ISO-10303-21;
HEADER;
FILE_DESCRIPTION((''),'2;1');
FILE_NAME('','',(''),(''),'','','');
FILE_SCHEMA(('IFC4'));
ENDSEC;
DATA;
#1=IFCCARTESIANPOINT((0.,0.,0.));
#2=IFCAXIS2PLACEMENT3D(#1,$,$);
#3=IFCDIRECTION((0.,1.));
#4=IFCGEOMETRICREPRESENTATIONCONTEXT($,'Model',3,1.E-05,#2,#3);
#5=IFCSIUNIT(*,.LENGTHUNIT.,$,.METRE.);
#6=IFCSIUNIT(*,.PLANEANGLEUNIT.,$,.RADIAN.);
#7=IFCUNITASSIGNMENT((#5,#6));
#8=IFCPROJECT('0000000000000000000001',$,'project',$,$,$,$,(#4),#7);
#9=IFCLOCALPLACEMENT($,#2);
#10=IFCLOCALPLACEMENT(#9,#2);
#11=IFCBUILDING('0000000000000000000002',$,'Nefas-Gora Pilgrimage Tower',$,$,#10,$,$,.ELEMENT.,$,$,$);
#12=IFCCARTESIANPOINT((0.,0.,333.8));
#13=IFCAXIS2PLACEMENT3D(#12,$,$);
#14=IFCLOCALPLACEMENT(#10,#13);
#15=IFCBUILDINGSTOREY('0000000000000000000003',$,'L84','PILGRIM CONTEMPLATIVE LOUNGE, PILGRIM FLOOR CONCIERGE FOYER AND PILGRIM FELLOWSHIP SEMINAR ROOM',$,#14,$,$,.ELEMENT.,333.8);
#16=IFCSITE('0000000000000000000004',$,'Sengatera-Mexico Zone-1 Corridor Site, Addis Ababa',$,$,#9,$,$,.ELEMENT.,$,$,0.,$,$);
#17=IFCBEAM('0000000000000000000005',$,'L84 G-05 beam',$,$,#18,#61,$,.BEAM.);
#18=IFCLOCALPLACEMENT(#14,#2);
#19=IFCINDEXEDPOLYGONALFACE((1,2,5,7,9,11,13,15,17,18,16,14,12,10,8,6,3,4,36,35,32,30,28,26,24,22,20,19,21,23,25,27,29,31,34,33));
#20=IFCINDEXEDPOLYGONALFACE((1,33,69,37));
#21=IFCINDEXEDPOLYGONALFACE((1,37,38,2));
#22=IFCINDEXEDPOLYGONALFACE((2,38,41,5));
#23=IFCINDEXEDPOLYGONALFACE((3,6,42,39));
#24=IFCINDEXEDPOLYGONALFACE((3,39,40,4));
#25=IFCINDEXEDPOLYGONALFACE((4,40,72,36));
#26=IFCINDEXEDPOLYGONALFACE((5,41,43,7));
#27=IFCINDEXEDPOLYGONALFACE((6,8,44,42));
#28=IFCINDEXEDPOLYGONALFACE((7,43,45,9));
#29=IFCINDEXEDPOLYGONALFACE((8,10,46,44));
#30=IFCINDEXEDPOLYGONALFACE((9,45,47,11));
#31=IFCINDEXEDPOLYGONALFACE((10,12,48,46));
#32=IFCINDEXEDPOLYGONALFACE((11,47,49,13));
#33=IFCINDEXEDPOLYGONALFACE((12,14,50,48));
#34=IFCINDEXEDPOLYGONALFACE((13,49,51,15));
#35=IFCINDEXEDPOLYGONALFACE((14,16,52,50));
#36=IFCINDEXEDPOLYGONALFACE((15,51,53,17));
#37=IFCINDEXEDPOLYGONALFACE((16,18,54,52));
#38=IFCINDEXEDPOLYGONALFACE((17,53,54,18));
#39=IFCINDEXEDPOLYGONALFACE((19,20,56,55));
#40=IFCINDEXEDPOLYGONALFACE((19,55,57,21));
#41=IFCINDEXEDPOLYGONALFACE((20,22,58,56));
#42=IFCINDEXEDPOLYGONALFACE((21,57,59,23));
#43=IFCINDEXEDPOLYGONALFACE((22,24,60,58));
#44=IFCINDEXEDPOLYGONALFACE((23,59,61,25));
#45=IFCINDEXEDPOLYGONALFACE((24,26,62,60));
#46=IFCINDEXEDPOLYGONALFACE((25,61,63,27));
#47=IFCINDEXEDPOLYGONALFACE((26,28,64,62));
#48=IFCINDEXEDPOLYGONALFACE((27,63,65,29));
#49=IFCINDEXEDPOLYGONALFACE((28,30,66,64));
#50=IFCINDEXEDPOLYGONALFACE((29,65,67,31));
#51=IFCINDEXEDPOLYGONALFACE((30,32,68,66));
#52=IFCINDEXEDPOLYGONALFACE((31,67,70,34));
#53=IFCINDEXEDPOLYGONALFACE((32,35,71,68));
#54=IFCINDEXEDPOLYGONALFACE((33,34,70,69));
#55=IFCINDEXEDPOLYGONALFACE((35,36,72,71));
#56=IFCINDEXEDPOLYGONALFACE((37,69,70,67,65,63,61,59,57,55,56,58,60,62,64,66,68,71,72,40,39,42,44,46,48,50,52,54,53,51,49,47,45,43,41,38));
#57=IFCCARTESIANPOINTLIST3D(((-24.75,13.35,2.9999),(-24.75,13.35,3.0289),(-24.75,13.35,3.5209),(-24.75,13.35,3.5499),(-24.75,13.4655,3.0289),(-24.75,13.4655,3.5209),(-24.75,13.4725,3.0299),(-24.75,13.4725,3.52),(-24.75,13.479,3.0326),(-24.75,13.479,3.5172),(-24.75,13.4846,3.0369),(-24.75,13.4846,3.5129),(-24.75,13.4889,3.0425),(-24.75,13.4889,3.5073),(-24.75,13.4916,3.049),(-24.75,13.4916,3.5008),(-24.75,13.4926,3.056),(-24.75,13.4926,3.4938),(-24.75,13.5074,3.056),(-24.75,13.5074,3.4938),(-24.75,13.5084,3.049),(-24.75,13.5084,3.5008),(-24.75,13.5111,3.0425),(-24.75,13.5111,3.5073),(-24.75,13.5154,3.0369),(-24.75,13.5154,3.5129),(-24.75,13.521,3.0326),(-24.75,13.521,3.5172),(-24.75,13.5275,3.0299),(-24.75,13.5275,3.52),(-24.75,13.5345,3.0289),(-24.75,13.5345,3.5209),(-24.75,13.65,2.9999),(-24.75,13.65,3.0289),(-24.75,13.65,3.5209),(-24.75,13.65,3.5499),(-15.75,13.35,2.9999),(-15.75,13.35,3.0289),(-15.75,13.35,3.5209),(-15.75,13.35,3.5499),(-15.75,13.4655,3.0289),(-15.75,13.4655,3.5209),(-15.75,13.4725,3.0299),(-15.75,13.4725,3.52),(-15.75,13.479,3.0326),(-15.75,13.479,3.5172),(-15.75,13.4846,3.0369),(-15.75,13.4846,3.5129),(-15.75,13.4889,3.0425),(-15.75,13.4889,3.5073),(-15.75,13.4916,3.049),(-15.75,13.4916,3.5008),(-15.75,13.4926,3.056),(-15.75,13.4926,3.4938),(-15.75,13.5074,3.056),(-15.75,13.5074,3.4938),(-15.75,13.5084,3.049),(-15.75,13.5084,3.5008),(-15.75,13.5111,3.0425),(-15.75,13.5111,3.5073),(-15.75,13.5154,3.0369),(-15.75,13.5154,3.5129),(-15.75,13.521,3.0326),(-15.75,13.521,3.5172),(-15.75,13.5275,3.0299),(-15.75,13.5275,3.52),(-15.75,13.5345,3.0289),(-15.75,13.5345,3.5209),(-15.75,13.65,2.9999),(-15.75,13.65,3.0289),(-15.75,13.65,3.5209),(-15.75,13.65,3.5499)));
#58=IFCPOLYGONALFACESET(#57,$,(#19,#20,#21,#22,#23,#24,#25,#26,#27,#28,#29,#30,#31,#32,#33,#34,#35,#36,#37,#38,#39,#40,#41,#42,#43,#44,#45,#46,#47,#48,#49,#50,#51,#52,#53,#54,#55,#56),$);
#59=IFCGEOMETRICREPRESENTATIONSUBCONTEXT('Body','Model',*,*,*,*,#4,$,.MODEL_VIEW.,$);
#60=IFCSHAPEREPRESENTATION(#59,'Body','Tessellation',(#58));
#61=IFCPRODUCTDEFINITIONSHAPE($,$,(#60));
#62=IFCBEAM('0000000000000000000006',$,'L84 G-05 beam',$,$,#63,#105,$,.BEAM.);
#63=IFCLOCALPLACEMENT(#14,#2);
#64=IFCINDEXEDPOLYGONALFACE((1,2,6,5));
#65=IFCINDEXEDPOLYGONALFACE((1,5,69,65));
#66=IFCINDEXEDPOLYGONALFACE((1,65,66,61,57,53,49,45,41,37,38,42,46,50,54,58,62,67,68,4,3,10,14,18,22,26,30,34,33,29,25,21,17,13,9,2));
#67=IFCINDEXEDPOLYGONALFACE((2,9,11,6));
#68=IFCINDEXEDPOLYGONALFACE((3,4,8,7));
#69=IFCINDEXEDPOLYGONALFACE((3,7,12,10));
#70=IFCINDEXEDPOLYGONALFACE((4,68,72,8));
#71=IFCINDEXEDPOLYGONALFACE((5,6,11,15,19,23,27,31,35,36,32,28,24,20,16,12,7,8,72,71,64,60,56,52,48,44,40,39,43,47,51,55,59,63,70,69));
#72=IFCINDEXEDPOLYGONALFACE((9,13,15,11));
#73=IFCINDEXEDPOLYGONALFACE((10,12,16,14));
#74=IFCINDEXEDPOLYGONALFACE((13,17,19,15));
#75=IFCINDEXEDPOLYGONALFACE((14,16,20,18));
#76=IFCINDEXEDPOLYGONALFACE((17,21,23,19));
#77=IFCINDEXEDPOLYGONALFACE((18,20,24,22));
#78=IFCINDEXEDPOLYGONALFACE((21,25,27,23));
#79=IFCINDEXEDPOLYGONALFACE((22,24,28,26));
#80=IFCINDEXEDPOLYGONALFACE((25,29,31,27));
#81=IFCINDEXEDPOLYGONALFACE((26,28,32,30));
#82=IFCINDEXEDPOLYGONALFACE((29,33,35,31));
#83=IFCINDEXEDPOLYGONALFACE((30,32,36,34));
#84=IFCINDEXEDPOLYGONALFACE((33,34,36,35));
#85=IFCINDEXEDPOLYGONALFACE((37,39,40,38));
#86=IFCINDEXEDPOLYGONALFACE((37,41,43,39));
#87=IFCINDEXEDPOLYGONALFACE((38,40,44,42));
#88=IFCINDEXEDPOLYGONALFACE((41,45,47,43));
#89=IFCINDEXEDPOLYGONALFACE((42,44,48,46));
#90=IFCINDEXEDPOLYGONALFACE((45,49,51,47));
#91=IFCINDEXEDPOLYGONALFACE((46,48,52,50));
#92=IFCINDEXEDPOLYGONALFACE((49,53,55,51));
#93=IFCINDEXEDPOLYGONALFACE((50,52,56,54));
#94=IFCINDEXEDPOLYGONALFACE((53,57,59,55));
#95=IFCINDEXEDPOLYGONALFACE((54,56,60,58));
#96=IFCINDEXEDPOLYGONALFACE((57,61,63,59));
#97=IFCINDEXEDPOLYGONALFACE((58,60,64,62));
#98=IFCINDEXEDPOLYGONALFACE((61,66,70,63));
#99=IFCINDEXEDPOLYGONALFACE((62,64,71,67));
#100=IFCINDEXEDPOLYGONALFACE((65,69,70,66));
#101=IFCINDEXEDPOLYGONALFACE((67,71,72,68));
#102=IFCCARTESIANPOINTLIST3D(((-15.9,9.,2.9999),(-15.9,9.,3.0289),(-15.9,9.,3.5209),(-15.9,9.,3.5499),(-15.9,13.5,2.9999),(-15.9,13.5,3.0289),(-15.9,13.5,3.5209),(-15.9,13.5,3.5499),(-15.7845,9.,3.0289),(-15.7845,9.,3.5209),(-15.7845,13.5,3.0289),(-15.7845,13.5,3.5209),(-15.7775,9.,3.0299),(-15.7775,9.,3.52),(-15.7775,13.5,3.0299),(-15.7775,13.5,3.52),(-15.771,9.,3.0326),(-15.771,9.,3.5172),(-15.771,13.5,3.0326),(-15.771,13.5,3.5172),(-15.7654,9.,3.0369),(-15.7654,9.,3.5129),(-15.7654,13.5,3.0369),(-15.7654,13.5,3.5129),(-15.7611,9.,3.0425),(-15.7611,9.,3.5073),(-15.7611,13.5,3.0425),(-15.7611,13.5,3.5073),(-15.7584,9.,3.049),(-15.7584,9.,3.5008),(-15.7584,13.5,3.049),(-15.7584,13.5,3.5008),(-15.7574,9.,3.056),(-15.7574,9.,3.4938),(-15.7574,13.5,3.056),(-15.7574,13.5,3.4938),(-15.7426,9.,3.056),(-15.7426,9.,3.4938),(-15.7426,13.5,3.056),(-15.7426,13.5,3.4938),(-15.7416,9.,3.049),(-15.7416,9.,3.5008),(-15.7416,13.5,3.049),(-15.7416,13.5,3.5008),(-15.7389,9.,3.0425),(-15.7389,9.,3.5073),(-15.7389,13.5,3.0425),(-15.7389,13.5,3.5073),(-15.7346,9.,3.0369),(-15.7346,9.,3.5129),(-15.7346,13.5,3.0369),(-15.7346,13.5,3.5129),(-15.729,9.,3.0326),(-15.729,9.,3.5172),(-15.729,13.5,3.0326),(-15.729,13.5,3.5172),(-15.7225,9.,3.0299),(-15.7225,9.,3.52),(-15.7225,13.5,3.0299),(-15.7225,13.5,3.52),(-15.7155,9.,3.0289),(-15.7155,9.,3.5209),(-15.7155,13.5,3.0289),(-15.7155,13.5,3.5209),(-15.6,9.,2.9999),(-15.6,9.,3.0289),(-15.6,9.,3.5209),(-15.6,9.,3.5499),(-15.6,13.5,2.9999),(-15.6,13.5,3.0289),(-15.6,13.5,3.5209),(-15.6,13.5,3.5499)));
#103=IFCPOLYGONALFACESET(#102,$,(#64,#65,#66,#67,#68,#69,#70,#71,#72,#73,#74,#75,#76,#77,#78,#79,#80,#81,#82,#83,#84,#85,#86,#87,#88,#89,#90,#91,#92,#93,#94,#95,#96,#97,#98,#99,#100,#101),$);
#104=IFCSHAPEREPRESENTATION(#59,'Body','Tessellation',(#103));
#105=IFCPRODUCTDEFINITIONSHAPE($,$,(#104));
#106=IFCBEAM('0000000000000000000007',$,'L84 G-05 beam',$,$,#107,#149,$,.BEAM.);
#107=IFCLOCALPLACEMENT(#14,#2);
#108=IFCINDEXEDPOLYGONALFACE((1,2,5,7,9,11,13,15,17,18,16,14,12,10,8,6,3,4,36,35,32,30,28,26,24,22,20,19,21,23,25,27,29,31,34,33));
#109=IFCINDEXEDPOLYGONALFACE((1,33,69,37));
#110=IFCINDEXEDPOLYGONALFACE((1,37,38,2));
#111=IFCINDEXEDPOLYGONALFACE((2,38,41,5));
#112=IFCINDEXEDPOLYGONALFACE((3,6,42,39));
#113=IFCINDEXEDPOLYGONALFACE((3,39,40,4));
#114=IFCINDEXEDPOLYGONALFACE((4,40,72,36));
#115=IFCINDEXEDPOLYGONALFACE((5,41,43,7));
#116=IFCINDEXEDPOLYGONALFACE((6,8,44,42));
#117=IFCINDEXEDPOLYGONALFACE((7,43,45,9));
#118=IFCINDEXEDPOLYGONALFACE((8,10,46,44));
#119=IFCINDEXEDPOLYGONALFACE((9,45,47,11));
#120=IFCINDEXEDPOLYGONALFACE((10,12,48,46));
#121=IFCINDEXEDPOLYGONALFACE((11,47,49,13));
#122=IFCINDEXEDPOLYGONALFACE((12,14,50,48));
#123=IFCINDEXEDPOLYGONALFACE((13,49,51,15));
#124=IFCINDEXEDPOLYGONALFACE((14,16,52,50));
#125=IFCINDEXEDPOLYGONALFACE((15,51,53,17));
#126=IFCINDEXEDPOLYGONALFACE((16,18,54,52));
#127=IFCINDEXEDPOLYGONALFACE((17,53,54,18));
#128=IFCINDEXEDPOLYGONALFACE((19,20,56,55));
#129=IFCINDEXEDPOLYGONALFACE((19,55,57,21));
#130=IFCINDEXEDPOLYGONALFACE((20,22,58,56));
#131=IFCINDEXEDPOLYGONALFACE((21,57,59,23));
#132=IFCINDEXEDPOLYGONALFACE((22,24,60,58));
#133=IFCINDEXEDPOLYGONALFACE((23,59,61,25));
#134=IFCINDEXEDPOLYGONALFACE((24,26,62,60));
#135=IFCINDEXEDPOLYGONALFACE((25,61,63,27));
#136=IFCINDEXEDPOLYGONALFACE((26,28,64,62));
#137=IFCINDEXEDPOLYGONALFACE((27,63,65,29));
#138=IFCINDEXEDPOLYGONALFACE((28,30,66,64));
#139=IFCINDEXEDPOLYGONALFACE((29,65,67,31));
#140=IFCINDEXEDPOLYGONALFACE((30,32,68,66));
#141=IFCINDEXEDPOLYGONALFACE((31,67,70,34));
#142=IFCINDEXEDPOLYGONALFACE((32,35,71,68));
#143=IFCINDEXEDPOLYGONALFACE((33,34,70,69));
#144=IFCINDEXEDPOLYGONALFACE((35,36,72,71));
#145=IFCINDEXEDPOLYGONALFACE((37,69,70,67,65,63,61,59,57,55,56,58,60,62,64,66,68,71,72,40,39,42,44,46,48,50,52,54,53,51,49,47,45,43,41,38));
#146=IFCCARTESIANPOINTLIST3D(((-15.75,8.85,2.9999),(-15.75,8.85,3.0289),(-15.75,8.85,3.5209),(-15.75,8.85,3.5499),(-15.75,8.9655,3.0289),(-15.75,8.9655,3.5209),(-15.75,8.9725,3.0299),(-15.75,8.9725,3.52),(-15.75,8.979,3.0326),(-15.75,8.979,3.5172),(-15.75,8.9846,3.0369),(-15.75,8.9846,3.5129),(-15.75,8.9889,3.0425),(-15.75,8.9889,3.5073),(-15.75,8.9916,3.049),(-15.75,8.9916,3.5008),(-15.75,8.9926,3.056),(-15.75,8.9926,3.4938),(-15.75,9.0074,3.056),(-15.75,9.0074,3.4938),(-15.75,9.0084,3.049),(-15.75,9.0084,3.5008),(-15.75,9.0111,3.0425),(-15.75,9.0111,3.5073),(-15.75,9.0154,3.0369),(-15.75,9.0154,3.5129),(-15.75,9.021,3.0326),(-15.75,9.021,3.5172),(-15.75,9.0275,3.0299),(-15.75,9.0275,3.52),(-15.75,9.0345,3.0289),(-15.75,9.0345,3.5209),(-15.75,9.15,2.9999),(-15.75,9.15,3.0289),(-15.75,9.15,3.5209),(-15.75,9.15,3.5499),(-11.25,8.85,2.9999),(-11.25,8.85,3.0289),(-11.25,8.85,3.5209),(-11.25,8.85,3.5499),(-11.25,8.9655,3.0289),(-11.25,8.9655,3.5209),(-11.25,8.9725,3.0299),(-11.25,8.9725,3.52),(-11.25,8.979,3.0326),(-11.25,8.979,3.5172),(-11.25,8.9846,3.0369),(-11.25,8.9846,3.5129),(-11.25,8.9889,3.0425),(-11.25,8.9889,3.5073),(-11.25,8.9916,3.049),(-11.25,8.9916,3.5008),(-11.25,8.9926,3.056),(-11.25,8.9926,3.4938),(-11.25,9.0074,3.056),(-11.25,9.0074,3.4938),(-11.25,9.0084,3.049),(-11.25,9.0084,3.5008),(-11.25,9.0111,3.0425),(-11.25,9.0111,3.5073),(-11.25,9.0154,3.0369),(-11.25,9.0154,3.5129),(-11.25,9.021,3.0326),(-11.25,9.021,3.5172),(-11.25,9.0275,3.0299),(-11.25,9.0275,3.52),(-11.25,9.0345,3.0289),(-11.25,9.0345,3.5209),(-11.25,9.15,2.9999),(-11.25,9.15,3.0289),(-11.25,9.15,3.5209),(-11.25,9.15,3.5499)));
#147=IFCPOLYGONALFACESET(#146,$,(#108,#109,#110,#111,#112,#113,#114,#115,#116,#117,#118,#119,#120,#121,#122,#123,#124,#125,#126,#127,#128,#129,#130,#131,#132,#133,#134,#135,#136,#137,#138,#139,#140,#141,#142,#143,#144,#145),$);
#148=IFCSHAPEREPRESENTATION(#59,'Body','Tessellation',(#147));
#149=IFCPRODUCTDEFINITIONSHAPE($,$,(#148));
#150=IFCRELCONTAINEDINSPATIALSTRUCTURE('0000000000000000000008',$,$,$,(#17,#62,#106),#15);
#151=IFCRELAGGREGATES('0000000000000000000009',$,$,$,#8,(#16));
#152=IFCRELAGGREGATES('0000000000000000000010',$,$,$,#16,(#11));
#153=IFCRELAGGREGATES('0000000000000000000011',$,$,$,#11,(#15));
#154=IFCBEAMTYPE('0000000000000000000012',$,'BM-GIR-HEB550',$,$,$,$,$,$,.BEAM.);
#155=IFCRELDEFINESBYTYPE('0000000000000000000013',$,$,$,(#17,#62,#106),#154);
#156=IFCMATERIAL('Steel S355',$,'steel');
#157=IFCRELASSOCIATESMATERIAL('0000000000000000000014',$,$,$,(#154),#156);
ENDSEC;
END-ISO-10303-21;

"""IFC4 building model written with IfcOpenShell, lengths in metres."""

from ifc_helpers import new_model, si_unit, direction, frame, origin, origin_2d, place, context, subcontext, project, spatial, i_section, extrude, source, transform, mapped, material, material_profile, profile_set, type_object, element, save


model = new_model("IFC4")

# Units and contexts
model_context = context("Model", 3, precision=1e-05, world=origin(), true_north=direction((0.0, 1.0)))
body_context = subcontext(model_context, "Body", "Model", "MODEL_VIEW")
ifc_project = project(units=[si_unit("LENGTHUNIT", "METRE"), si_unit("PLANEANGLEUNIT", "RADIAN")], contexts=[model_context])

# Site, building, storey
site_placement = place(None, origin())
site = spatial("IfcSite", under=ifc_project, at=site_placement, Name="Sengatera-Mexico Zone-1 Corridor Site, Addis Ababa", CompositionType="ELEMENT", RefElevation=0.0)
building_placement = place(site_placement, origin())
building = spatial("IfcBuilding", under=site, at=building_placement, Name="Nefas-Gora Pilgrimage Tower", CompositionType="ELEMENT")
storey_placement = place(building_placement, frame((0.0, 0.0, 333.8)))
storey = spatial("IfcBuildingStorey", under=building, at=storey_placement, Name="L84", Description="PILGRIM CONTEMPLATIVE LOUNGE, PILGRIM FLOOR CONCIERGE FOYER AND PILGRIM FELLOWSHIP SEMINAR ROOM", CompositionType="ELEMENT", Elevation=333.8)

# Shared definitions
ifc_material_1 = material(Name="Steel S355", Category="steel")

# Beams
ifc_material_profile_1 = material_profile(ifc_material_1, i_section(OverallWidth=0.3, OverallDepth=0.55, WebThickness=0.0149, FlangeThickness=0.0291, FilletRadius=0.0271, at=origin_2d()), Name="HEB 550")
ifc_profile_set_1 = profile_set([ifc_material_profile_1], Name="Steel S355")
beam_type_1 = type_object("IfcBeamType", Name="BM-GIR-HEB550", PredefinedType="BEAM", material=ifc_profile_set_1)
shared_shape_1 = source(origin(), body_context, "Body", "SweptSolid", [
    extrude(i_section(OverallWidth=0.3, OverallDepth=0.55, WebThickness=0.0149, FlangeThickness=0.0291, FilletRadius=0.0271, at=origin_2d()), origin(), (0.0, 0.0, 1.0), 9.0),
])
for number, where, z_axis, x_axis, name in (
    (1, (-24.75, 13.5, 3.2749), (1.0, 0.0, 0.0), (0.0, 1.0, 0.0), "L84 G-05 beam"),
):
    element("IfcBeam", number, at=place(storey_placement, frame(where, z_axis=z_axis, x_axis=x_axis)), inside=storey, type_object=beam_type_1, Name=name, PredefinedType="BEAM", context=body_context, shape_type="MappedRepresentation", body=[
        mapped(shared_shape_1, transform((0.0, 0.0, 0.0), x_axis=(1.0, 0.0, 0.0), y_axis=(0.0, 1.0, 0.0), z_axis=(0.0, 0.0, 1.0), scale=1.0)),
    ])
shared_shape_2 = source(origin(), body_context, "Body", "SweptSolid", [
    extrude(i_section(OverallWidth=0.3, OverallDepth=0.55, WebThickness=0.0149, FlangeThickness=0.0291, FilletRadius=0.0271, at=origin_2d()), origin(), (0.0, 0.0, 1.0), 4.5),
])
for number, where, z_axis, x_axis, name in (
    (2, (-15.75, 9.0, 3.2749), (0.0, 1.0, 0.0), (-1.0, 0.0, 0.0), "L84 G-05 beam"),
    (3, (-15.75, 9.0, 3.2749), (1.0, 0.0, 0.0), (0.0, 1.0, 0.0), "L84 G-05 beam"),
):
    element("IfcBeam", number, at=place(storey_placement, frame(where, z_axis=z_axis, x_axis=x_axis)), inside=storey, type_object=beam_type_1, Name=name, PredefinedType="BEAM", context=body_context, shape_type="MappedRepresentation", body=[
        mapped(shared_shape_2, transform((0.0, 0.0, 0.0), x_axis=(1.0, 0.0, 0.0), y_axis=(0.0, 1.0, 0.0), z_axis=(0.0, 0.0, 1.0), scale=1.0)),
    ])

save(model, "model.ifc")
